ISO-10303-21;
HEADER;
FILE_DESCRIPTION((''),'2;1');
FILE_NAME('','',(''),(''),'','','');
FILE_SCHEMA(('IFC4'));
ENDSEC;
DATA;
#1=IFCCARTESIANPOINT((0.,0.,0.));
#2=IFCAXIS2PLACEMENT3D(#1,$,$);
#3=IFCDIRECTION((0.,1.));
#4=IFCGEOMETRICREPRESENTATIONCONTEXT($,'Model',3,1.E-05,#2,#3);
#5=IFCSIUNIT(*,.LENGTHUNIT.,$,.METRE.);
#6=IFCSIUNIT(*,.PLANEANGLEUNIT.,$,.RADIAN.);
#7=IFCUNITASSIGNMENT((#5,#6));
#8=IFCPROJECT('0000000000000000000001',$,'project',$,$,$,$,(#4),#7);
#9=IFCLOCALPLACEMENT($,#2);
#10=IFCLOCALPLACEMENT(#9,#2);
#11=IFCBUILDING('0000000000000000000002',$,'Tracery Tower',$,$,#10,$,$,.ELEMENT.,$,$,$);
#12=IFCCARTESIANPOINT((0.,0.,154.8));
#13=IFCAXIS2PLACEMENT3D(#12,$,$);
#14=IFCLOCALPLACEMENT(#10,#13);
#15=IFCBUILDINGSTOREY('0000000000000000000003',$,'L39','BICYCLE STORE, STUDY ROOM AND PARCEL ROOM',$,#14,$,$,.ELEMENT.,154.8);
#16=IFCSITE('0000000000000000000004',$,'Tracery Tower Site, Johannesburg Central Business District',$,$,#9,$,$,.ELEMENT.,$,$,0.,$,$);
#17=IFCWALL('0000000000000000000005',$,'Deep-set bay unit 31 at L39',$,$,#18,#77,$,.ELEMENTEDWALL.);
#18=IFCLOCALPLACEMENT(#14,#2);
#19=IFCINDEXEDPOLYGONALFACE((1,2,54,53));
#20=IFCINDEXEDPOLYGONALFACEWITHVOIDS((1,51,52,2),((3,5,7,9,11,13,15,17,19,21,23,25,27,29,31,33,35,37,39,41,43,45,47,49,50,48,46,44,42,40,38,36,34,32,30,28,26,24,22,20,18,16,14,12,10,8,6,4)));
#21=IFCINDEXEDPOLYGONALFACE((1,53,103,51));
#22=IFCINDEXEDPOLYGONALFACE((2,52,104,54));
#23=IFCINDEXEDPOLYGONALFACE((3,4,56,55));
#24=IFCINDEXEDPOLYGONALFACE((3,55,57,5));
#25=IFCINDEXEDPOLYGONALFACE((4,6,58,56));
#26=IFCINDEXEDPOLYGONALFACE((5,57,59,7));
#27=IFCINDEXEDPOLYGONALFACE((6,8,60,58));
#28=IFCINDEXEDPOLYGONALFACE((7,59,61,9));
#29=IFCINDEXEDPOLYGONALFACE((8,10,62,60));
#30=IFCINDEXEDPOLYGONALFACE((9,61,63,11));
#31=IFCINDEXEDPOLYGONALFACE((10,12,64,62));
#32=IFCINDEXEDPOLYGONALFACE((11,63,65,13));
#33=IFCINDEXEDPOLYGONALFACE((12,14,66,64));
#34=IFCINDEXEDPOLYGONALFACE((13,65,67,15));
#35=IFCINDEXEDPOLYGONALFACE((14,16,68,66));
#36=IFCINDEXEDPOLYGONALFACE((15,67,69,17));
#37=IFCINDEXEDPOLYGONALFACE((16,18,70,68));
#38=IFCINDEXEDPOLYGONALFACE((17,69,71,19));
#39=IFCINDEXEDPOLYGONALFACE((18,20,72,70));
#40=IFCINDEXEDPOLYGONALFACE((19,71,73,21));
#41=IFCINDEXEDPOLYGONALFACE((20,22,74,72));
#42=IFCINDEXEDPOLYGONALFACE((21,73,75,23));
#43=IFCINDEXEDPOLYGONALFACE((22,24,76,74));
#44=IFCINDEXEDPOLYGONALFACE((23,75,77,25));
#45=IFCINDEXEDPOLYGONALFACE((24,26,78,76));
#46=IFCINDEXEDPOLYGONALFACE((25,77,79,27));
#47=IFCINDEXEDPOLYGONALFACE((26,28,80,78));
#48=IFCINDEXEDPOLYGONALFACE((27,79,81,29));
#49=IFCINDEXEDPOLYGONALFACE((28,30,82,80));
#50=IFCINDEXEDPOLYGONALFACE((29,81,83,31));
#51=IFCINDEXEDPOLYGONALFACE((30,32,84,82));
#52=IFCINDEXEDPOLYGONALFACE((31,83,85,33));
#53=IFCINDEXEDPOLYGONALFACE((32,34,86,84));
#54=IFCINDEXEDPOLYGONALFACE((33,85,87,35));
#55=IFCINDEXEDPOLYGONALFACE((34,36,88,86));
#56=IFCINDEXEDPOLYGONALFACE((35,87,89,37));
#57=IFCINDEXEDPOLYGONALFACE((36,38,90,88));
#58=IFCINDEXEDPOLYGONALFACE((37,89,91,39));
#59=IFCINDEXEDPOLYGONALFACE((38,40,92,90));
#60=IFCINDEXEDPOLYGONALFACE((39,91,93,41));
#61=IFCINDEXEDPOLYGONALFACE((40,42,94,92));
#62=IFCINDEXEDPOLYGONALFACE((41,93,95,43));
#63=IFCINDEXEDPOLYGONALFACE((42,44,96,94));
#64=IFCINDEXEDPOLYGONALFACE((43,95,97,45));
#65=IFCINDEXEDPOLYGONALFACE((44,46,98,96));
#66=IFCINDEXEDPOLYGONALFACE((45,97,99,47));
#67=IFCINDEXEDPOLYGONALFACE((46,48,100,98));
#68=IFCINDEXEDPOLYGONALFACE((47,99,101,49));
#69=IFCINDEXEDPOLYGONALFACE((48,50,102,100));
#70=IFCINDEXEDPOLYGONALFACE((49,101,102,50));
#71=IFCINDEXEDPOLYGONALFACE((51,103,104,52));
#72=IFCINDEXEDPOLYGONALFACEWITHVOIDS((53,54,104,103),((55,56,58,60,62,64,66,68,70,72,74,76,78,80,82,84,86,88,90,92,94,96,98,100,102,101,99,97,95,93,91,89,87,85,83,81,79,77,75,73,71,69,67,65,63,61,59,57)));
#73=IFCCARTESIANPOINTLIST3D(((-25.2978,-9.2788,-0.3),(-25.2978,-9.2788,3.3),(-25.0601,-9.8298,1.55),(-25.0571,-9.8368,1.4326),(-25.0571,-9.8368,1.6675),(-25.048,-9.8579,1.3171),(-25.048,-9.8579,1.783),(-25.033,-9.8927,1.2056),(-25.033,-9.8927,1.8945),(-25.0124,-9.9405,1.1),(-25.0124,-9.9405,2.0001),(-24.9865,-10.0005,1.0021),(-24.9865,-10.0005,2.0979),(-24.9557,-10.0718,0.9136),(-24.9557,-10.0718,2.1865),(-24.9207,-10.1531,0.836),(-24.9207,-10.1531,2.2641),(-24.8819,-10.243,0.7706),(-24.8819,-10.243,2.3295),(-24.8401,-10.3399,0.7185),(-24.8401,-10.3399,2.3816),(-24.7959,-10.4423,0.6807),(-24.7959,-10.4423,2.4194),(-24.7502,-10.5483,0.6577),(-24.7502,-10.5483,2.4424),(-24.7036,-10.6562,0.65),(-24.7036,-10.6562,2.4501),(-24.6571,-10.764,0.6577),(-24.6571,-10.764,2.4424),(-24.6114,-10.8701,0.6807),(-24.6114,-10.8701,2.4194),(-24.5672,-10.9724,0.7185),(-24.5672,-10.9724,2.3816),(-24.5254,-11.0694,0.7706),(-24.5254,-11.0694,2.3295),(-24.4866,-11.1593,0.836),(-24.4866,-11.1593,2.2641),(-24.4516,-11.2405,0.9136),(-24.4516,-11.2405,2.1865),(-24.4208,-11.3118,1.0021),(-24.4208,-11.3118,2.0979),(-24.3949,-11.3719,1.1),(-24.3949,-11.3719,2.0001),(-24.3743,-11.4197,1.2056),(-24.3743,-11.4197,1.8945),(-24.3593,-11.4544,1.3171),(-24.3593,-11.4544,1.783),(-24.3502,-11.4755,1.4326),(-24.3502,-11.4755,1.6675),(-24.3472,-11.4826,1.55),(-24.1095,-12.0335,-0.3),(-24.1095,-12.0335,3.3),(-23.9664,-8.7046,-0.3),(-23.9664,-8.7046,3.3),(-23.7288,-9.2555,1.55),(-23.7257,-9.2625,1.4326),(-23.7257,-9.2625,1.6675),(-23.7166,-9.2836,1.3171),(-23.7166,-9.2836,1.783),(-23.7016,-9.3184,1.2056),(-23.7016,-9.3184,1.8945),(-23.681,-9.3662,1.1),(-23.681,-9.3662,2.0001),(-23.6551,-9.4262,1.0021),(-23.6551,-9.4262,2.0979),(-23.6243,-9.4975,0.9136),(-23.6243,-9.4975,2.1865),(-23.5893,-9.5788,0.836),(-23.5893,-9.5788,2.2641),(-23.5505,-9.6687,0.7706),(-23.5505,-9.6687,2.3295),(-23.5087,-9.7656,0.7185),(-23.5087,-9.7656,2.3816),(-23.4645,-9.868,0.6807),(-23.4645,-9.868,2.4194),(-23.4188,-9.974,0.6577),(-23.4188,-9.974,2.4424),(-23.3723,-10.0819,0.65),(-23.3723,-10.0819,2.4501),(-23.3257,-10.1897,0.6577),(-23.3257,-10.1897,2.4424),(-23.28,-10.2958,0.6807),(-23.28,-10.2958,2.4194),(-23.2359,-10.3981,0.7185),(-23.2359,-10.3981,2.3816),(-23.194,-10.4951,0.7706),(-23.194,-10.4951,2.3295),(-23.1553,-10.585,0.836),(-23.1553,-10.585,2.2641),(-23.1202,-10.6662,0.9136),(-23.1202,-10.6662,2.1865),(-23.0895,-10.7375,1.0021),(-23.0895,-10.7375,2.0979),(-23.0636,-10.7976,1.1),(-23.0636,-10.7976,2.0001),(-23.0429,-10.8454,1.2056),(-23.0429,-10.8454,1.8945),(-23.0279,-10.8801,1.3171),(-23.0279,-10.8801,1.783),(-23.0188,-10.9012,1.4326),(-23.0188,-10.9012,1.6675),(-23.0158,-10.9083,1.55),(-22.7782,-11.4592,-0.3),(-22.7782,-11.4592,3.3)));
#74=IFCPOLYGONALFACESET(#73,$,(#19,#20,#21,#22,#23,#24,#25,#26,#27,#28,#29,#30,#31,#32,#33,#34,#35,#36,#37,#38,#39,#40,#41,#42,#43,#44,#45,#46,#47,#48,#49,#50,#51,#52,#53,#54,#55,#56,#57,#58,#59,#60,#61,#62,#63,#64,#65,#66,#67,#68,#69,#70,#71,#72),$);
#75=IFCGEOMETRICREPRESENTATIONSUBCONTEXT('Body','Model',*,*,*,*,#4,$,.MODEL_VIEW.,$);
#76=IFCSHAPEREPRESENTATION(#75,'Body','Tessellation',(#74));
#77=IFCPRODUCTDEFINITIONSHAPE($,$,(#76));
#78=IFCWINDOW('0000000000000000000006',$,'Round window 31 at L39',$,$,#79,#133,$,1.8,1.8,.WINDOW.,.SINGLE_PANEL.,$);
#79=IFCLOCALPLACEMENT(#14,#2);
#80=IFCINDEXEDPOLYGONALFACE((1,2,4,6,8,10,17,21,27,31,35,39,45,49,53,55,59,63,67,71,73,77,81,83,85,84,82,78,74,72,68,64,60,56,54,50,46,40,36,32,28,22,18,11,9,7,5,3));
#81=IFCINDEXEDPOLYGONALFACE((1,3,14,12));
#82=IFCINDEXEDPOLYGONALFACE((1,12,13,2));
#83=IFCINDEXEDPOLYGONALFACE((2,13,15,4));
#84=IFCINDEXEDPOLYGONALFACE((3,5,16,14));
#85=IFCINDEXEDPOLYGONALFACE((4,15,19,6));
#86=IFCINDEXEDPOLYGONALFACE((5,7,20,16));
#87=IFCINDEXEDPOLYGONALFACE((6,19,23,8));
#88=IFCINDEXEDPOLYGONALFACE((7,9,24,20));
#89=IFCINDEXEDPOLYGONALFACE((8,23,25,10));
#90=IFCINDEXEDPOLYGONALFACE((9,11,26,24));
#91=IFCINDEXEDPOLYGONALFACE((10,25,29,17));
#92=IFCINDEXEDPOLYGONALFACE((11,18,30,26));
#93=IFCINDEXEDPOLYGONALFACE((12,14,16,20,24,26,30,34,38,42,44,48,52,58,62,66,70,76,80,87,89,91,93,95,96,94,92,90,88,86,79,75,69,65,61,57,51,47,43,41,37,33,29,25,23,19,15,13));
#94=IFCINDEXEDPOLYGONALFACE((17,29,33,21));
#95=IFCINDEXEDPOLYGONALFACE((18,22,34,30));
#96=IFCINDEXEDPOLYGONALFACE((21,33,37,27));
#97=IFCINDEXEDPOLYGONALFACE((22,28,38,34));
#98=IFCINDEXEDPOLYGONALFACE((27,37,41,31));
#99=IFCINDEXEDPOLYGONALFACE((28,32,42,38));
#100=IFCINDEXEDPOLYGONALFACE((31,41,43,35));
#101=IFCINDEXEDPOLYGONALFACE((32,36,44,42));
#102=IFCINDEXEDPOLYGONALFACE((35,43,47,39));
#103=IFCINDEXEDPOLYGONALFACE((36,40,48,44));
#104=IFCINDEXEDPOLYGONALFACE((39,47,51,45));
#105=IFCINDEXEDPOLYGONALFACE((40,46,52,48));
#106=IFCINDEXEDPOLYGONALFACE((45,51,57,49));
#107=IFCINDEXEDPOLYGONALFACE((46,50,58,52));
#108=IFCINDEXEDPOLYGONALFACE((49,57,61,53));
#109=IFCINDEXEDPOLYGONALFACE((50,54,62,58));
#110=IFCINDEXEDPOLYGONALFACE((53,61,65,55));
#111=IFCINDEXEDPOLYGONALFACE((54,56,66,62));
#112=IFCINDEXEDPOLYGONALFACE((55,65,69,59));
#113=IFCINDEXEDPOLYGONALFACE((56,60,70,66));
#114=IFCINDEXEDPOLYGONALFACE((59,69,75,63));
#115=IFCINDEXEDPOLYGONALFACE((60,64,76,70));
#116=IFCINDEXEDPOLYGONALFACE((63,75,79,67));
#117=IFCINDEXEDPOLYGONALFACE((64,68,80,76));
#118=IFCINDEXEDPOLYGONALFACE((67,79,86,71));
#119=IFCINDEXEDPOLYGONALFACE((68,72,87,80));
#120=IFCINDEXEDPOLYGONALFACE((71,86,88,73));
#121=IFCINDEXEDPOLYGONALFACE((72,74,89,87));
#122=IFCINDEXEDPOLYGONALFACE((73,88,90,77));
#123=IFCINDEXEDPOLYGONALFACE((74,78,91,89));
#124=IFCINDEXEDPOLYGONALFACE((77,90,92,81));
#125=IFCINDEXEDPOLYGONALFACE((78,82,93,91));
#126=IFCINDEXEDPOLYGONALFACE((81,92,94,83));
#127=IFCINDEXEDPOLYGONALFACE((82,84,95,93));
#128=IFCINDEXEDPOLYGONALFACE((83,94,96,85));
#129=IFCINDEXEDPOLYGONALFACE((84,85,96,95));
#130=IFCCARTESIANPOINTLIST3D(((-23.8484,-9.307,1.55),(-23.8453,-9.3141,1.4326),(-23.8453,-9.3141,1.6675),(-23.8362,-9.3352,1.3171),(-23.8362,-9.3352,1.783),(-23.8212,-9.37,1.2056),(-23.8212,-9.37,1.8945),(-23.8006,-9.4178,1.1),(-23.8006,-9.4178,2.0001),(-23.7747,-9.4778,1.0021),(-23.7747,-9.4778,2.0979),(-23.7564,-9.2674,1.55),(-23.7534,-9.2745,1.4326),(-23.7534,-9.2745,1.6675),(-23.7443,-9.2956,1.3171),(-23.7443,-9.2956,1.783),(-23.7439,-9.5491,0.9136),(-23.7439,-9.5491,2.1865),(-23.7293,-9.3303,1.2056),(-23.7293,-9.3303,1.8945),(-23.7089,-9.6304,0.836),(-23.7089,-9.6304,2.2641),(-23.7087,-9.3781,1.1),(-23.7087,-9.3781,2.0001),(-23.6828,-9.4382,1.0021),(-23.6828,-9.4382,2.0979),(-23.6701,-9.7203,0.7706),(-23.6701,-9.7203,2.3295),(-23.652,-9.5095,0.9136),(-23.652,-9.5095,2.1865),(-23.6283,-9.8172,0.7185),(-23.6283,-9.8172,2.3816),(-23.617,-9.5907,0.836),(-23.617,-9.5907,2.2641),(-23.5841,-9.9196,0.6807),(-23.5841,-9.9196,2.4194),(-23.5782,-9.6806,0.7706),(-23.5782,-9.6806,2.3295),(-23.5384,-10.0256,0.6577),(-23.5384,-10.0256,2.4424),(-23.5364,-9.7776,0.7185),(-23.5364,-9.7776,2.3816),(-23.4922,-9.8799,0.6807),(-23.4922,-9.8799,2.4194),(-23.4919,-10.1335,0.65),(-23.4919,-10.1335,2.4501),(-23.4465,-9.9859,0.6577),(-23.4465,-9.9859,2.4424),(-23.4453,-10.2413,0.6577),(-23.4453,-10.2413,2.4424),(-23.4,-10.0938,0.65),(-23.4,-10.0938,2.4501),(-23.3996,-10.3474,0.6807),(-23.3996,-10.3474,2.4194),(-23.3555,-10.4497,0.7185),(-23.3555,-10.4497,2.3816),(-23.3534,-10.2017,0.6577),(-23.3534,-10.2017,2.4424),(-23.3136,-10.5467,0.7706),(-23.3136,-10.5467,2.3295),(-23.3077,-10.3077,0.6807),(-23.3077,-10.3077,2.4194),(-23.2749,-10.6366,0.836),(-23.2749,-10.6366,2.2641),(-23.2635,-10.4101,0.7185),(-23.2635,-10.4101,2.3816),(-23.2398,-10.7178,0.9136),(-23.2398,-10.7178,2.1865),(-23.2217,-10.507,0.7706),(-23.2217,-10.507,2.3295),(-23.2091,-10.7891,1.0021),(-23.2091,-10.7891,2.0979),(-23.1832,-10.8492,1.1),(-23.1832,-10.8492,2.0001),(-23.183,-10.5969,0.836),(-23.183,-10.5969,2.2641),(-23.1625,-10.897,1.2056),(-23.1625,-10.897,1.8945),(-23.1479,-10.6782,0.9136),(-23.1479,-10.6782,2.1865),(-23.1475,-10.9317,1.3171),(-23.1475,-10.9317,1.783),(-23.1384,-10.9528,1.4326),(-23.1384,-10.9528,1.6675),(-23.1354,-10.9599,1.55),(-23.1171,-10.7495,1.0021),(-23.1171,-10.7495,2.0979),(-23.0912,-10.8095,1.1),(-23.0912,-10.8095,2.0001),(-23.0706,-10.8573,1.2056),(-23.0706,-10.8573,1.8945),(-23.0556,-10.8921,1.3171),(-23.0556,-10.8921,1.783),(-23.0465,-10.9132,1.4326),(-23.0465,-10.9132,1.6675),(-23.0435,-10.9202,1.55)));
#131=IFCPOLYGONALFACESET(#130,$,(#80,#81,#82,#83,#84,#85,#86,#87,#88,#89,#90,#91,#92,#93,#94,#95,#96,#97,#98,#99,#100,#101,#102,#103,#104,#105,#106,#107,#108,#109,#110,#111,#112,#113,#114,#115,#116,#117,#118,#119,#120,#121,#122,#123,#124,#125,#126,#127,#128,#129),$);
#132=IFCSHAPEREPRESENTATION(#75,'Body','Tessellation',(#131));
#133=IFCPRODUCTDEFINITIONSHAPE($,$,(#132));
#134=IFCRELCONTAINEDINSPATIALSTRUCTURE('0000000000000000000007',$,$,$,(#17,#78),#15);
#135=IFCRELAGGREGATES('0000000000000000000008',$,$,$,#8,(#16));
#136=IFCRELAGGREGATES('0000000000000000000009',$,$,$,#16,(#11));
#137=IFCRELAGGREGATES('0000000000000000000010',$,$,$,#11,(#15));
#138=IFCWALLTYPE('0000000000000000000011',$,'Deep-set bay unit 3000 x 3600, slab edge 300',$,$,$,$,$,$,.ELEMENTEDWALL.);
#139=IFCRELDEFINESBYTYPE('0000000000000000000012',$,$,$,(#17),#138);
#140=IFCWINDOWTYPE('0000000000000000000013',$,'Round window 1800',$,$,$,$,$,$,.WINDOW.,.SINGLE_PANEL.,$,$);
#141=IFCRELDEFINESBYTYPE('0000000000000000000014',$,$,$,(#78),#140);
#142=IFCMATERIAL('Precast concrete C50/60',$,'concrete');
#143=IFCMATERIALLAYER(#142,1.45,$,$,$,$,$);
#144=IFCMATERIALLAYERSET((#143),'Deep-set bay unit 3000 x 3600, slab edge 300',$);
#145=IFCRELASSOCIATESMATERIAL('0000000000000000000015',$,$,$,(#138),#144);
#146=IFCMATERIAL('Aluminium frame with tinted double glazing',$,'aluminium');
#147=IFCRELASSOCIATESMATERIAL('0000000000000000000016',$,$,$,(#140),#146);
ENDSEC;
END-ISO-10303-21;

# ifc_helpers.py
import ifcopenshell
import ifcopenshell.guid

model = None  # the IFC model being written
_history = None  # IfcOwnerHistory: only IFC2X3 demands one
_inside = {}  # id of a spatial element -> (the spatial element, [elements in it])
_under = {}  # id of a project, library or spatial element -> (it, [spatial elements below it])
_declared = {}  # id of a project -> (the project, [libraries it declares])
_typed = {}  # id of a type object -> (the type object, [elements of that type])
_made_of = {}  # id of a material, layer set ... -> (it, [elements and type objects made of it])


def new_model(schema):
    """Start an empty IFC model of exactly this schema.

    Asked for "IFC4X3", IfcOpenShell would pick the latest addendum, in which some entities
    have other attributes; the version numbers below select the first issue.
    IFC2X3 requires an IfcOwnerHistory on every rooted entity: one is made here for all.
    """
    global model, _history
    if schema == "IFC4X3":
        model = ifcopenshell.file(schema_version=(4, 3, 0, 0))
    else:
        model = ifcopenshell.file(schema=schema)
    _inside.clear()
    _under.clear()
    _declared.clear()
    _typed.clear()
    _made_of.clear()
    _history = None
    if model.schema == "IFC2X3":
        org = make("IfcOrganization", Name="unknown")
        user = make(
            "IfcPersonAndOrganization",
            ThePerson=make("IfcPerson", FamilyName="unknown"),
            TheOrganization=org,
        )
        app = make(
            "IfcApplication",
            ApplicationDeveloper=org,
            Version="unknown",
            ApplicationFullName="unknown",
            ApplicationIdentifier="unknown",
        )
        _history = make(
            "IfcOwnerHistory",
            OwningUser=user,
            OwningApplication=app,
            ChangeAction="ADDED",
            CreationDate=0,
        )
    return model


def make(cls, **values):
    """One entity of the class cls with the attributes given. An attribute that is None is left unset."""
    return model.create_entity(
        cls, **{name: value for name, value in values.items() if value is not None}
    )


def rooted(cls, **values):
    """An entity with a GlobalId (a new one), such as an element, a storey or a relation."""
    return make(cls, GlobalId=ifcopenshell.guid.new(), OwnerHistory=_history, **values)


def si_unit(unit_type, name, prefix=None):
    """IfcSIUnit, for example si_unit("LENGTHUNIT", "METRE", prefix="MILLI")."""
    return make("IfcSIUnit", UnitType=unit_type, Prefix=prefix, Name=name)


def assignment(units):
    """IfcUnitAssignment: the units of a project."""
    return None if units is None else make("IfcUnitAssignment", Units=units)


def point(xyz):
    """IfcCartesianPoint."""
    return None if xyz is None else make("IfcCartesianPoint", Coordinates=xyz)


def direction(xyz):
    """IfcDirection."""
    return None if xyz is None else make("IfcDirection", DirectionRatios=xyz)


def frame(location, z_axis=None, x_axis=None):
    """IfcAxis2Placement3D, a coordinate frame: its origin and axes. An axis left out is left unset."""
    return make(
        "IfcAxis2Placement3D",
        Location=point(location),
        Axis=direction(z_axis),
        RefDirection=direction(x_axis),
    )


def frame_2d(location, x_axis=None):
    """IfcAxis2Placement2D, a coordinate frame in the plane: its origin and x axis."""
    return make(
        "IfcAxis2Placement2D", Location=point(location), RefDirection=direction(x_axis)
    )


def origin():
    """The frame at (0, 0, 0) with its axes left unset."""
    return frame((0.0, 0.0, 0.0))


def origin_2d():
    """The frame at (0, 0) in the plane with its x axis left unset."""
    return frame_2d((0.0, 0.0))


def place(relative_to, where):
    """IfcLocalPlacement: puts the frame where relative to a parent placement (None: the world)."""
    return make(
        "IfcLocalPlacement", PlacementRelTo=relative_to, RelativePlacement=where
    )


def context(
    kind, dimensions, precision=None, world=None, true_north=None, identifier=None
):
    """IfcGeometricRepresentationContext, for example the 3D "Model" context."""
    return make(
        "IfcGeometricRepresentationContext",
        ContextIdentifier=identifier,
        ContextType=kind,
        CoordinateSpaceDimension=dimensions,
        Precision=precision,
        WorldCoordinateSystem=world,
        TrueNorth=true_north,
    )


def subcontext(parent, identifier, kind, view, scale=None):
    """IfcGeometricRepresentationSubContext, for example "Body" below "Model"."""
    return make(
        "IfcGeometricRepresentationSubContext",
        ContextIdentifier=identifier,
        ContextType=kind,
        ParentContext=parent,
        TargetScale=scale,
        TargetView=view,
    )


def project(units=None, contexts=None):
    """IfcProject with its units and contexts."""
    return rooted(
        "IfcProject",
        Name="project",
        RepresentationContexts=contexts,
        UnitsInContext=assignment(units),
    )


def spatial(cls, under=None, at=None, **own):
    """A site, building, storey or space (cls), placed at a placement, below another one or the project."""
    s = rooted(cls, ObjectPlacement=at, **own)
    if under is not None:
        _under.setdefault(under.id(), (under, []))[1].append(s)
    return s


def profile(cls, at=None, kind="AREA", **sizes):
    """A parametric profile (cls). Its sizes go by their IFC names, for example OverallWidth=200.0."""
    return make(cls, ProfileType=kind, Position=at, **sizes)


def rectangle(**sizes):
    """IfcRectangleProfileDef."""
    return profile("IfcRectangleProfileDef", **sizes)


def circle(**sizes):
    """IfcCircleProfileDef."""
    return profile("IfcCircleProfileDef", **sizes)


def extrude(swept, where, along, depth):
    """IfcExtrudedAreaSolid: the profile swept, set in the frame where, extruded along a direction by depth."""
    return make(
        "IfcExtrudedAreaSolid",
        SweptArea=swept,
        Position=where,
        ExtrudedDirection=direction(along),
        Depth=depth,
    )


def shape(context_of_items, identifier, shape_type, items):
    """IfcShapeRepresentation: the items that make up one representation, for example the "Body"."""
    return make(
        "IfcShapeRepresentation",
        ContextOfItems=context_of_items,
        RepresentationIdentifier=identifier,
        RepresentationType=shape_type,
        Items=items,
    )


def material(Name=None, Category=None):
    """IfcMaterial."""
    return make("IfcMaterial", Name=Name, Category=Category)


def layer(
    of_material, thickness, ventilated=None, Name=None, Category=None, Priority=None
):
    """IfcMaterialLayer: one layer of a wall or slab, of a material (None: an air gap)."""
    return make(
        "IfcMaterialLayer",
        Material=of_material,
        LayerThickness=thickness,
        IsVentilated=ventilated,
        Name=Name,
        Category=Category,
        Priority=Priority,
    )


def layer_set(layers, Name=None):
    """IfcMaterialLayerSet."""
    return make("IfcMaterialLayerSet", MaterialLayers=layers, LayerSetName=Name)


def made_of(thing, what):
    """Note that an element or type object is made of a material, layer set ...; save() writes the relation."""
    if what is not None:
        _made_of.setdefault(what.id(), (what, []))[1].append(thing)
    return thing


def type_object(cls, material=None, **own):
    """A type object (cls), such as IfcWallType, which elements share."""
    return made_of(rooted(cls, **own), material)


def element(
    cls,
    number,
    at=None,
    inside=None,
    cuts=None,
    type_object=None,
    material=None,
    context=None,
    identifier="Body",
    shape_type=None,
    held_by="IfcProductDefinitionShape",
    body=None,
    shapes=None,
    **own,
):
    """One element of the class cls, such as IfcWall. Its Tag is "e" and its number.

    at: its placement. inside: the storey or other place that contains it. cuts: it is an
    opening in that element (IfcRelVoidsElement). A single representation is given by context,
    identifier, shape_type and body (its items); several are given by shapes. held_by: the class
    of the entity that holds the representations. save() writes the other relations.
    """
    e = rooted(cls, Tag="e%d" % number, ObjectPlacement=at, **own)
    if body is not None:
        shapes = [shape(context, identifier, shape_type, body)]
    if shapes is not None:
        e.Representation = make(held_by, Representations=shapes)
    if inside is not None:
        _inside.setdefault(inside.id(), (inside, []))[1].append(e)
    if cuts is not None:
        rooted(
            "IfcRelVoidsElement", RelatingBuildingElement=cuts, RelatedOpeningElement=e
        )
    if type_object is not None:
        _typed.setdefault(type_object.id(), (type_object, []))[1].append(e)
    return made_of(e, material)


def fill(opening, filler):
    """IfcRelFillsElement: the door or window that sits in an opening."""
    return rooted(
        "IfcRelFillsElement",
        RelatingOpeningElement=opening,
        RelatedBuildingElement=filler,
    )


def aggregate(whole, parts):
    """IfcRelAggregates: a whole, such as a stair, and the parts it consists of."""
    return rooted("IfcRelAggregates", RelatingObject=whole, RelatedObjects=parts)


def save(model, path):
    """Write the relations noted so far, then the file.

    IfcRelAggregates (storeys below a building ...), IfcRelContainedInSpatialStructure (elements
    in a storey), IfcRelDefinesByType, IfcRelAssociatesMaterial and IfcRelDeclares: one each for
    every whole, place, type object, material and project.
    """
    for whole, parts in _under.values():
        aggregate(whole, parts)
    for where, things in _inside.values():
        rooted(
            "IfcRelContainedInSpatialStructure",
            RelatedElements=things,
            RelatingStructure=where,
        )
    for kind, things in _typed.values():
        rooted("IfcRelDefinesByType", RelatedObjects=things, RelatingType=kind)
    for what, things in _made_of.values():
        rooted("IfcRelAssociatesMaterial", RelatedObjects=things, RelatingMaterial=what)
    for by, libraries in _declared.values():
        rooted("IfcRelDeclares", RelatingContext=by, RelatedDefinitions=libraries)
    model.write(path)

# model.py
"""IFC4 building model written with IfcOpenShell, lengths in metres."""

from ifc_helpers import new_model, si_unit, direction, frame, frame_2d, origin, origin_2d, place, context, subcontext, project, spatial, rectangle, circle, extrude, material, layer, layer_set, type_object, element, fill, save


model = new_model("IFC4")

# Units and contexts
model_context = context("Model", 3, precision=1e-05, world=origin(), true_north=direction((0.0, 1.0)))
body_context = subcontext(model_context, "Body", "Model", "MODEL_VIEW")
ifc_project = project(units=[si_unit("LENGTHUNIT", "METRE"), si_unit("PLANEANGLEUNIT", "RADIAN")], contexts=[model_context])

# Site, building, storey
site_placement = place(None, origin())
site = spatial("IfcSite", under=ifc_project, at=site_placement, Name="Tracery Tower Site, Johannesburg Central Business District", CompositionType="ELEMENT", RefElevation=0.0)
building_placement = place(site_placement, origin())
building = spatial("IfcBuilding", under=site, at=building_placement, Name="Tracery Tower", CompositionType="ELEMENT")
storey_placement = place(building_placement, frame((0.0, 0.0, 154.8)))
storey = spatial("IfcBuildingStorey", under=building, at=storey_placement, Name="L39", Description="BICYCLE STORE, STUDY ROOM AND PARCEL ROOM", CompositionType="ELEMENT", Elevation=154.8)

# Wall, opening, window
ifc_material_1 = material(Name="Precast concrete C50/60", Category="concrete")
ifc_layer_1 = layer(ifc_material_1, 1.45)
ifc_layer_set_1 = layer_set([ifc_layer_1], Name="Deep-set bay unit 3000 x 3600, slab edge 300")
wall_type_1 = type_object("IfcWallType", Name="Deep-set bay unit 3000 x 3600, slab edge 300", PredefinedType="ELEMENTEDWALL", material=ifc_layer_set_1)
wall_1_placement = place(storey_placement, frame((-24.6321, -8.9917, -0.3), z_axis=(0.0, 0.0, 1.0), x_axis=(0.396079, -0.918216, 0.0)))
wall_1 = element("IfcWall", 1, at=wall_1_placement, inside=storey, type_object=wall_type_1, Name="Deep-set bay unit 31 at L39", PredefinedType="ELEMENTEDWALL", context=body_context, shape_type="SweptSolid", body=[
    extrude(rectangle(XDim=3.0, YDim=1.45, at=frame_2d((1.5, 0.0))), origin(), (0.0, 0.0, 1.0), 3.6001),
])
opening_1_placement = place(wall_1_placement, frame((1.5, 0.0, 1.8501)))
opening_1 = element("IfcOpeningElement", 2, at=opening_1_placement, cuts=wall_1, PredefinedType="OPENING", context=body_context, shape_type="SweptSolid", body=[
    extrude(circle(Radius=0.9, at=origin_2d()), frame((0.0, 0.7349, 0.0), z_axis=(0.0, -1.0, 0.0), x_axis=(1.0, 0.0, 0.0)), (0.0, 0.0, 1.0), 1.47),
])
ifc_material_2 = material(Name="Aluminium frame with tinted double glazing", Category="aluminium")
window_type = type_object("IfcWindowType", Name="Round window 1800", PartitioningType="SINGLE_PANEL", PredefinedType="WINDOW", material=ifc_material_2)
window_1_placement = place(opening_1_placement, origin())
window_1 = element("IfcWindow", 3, at=window_1_placement, inside=storey, type_object=window_type, Name="Round window 31 at L39", OverallHeight=1.8, OverallWidth=1.8, PartitioningType="SINGLE_PANEL", PredefinedType="WINDOW", context=body_context, shape_type="SweptSolid", body=[
    extrude(circle(Radius=0.9, at=origin_2d()), frame((0.0, 0.6948, 0.0), z_axis=(0.0, -1.0, 0.0), x_axis=(1.0, 0.0, 0.0)), (0.0, 0.0, 1.0), 0.1001),
])
fill(opening_1, window_1)

save(model, "model.ifc")
